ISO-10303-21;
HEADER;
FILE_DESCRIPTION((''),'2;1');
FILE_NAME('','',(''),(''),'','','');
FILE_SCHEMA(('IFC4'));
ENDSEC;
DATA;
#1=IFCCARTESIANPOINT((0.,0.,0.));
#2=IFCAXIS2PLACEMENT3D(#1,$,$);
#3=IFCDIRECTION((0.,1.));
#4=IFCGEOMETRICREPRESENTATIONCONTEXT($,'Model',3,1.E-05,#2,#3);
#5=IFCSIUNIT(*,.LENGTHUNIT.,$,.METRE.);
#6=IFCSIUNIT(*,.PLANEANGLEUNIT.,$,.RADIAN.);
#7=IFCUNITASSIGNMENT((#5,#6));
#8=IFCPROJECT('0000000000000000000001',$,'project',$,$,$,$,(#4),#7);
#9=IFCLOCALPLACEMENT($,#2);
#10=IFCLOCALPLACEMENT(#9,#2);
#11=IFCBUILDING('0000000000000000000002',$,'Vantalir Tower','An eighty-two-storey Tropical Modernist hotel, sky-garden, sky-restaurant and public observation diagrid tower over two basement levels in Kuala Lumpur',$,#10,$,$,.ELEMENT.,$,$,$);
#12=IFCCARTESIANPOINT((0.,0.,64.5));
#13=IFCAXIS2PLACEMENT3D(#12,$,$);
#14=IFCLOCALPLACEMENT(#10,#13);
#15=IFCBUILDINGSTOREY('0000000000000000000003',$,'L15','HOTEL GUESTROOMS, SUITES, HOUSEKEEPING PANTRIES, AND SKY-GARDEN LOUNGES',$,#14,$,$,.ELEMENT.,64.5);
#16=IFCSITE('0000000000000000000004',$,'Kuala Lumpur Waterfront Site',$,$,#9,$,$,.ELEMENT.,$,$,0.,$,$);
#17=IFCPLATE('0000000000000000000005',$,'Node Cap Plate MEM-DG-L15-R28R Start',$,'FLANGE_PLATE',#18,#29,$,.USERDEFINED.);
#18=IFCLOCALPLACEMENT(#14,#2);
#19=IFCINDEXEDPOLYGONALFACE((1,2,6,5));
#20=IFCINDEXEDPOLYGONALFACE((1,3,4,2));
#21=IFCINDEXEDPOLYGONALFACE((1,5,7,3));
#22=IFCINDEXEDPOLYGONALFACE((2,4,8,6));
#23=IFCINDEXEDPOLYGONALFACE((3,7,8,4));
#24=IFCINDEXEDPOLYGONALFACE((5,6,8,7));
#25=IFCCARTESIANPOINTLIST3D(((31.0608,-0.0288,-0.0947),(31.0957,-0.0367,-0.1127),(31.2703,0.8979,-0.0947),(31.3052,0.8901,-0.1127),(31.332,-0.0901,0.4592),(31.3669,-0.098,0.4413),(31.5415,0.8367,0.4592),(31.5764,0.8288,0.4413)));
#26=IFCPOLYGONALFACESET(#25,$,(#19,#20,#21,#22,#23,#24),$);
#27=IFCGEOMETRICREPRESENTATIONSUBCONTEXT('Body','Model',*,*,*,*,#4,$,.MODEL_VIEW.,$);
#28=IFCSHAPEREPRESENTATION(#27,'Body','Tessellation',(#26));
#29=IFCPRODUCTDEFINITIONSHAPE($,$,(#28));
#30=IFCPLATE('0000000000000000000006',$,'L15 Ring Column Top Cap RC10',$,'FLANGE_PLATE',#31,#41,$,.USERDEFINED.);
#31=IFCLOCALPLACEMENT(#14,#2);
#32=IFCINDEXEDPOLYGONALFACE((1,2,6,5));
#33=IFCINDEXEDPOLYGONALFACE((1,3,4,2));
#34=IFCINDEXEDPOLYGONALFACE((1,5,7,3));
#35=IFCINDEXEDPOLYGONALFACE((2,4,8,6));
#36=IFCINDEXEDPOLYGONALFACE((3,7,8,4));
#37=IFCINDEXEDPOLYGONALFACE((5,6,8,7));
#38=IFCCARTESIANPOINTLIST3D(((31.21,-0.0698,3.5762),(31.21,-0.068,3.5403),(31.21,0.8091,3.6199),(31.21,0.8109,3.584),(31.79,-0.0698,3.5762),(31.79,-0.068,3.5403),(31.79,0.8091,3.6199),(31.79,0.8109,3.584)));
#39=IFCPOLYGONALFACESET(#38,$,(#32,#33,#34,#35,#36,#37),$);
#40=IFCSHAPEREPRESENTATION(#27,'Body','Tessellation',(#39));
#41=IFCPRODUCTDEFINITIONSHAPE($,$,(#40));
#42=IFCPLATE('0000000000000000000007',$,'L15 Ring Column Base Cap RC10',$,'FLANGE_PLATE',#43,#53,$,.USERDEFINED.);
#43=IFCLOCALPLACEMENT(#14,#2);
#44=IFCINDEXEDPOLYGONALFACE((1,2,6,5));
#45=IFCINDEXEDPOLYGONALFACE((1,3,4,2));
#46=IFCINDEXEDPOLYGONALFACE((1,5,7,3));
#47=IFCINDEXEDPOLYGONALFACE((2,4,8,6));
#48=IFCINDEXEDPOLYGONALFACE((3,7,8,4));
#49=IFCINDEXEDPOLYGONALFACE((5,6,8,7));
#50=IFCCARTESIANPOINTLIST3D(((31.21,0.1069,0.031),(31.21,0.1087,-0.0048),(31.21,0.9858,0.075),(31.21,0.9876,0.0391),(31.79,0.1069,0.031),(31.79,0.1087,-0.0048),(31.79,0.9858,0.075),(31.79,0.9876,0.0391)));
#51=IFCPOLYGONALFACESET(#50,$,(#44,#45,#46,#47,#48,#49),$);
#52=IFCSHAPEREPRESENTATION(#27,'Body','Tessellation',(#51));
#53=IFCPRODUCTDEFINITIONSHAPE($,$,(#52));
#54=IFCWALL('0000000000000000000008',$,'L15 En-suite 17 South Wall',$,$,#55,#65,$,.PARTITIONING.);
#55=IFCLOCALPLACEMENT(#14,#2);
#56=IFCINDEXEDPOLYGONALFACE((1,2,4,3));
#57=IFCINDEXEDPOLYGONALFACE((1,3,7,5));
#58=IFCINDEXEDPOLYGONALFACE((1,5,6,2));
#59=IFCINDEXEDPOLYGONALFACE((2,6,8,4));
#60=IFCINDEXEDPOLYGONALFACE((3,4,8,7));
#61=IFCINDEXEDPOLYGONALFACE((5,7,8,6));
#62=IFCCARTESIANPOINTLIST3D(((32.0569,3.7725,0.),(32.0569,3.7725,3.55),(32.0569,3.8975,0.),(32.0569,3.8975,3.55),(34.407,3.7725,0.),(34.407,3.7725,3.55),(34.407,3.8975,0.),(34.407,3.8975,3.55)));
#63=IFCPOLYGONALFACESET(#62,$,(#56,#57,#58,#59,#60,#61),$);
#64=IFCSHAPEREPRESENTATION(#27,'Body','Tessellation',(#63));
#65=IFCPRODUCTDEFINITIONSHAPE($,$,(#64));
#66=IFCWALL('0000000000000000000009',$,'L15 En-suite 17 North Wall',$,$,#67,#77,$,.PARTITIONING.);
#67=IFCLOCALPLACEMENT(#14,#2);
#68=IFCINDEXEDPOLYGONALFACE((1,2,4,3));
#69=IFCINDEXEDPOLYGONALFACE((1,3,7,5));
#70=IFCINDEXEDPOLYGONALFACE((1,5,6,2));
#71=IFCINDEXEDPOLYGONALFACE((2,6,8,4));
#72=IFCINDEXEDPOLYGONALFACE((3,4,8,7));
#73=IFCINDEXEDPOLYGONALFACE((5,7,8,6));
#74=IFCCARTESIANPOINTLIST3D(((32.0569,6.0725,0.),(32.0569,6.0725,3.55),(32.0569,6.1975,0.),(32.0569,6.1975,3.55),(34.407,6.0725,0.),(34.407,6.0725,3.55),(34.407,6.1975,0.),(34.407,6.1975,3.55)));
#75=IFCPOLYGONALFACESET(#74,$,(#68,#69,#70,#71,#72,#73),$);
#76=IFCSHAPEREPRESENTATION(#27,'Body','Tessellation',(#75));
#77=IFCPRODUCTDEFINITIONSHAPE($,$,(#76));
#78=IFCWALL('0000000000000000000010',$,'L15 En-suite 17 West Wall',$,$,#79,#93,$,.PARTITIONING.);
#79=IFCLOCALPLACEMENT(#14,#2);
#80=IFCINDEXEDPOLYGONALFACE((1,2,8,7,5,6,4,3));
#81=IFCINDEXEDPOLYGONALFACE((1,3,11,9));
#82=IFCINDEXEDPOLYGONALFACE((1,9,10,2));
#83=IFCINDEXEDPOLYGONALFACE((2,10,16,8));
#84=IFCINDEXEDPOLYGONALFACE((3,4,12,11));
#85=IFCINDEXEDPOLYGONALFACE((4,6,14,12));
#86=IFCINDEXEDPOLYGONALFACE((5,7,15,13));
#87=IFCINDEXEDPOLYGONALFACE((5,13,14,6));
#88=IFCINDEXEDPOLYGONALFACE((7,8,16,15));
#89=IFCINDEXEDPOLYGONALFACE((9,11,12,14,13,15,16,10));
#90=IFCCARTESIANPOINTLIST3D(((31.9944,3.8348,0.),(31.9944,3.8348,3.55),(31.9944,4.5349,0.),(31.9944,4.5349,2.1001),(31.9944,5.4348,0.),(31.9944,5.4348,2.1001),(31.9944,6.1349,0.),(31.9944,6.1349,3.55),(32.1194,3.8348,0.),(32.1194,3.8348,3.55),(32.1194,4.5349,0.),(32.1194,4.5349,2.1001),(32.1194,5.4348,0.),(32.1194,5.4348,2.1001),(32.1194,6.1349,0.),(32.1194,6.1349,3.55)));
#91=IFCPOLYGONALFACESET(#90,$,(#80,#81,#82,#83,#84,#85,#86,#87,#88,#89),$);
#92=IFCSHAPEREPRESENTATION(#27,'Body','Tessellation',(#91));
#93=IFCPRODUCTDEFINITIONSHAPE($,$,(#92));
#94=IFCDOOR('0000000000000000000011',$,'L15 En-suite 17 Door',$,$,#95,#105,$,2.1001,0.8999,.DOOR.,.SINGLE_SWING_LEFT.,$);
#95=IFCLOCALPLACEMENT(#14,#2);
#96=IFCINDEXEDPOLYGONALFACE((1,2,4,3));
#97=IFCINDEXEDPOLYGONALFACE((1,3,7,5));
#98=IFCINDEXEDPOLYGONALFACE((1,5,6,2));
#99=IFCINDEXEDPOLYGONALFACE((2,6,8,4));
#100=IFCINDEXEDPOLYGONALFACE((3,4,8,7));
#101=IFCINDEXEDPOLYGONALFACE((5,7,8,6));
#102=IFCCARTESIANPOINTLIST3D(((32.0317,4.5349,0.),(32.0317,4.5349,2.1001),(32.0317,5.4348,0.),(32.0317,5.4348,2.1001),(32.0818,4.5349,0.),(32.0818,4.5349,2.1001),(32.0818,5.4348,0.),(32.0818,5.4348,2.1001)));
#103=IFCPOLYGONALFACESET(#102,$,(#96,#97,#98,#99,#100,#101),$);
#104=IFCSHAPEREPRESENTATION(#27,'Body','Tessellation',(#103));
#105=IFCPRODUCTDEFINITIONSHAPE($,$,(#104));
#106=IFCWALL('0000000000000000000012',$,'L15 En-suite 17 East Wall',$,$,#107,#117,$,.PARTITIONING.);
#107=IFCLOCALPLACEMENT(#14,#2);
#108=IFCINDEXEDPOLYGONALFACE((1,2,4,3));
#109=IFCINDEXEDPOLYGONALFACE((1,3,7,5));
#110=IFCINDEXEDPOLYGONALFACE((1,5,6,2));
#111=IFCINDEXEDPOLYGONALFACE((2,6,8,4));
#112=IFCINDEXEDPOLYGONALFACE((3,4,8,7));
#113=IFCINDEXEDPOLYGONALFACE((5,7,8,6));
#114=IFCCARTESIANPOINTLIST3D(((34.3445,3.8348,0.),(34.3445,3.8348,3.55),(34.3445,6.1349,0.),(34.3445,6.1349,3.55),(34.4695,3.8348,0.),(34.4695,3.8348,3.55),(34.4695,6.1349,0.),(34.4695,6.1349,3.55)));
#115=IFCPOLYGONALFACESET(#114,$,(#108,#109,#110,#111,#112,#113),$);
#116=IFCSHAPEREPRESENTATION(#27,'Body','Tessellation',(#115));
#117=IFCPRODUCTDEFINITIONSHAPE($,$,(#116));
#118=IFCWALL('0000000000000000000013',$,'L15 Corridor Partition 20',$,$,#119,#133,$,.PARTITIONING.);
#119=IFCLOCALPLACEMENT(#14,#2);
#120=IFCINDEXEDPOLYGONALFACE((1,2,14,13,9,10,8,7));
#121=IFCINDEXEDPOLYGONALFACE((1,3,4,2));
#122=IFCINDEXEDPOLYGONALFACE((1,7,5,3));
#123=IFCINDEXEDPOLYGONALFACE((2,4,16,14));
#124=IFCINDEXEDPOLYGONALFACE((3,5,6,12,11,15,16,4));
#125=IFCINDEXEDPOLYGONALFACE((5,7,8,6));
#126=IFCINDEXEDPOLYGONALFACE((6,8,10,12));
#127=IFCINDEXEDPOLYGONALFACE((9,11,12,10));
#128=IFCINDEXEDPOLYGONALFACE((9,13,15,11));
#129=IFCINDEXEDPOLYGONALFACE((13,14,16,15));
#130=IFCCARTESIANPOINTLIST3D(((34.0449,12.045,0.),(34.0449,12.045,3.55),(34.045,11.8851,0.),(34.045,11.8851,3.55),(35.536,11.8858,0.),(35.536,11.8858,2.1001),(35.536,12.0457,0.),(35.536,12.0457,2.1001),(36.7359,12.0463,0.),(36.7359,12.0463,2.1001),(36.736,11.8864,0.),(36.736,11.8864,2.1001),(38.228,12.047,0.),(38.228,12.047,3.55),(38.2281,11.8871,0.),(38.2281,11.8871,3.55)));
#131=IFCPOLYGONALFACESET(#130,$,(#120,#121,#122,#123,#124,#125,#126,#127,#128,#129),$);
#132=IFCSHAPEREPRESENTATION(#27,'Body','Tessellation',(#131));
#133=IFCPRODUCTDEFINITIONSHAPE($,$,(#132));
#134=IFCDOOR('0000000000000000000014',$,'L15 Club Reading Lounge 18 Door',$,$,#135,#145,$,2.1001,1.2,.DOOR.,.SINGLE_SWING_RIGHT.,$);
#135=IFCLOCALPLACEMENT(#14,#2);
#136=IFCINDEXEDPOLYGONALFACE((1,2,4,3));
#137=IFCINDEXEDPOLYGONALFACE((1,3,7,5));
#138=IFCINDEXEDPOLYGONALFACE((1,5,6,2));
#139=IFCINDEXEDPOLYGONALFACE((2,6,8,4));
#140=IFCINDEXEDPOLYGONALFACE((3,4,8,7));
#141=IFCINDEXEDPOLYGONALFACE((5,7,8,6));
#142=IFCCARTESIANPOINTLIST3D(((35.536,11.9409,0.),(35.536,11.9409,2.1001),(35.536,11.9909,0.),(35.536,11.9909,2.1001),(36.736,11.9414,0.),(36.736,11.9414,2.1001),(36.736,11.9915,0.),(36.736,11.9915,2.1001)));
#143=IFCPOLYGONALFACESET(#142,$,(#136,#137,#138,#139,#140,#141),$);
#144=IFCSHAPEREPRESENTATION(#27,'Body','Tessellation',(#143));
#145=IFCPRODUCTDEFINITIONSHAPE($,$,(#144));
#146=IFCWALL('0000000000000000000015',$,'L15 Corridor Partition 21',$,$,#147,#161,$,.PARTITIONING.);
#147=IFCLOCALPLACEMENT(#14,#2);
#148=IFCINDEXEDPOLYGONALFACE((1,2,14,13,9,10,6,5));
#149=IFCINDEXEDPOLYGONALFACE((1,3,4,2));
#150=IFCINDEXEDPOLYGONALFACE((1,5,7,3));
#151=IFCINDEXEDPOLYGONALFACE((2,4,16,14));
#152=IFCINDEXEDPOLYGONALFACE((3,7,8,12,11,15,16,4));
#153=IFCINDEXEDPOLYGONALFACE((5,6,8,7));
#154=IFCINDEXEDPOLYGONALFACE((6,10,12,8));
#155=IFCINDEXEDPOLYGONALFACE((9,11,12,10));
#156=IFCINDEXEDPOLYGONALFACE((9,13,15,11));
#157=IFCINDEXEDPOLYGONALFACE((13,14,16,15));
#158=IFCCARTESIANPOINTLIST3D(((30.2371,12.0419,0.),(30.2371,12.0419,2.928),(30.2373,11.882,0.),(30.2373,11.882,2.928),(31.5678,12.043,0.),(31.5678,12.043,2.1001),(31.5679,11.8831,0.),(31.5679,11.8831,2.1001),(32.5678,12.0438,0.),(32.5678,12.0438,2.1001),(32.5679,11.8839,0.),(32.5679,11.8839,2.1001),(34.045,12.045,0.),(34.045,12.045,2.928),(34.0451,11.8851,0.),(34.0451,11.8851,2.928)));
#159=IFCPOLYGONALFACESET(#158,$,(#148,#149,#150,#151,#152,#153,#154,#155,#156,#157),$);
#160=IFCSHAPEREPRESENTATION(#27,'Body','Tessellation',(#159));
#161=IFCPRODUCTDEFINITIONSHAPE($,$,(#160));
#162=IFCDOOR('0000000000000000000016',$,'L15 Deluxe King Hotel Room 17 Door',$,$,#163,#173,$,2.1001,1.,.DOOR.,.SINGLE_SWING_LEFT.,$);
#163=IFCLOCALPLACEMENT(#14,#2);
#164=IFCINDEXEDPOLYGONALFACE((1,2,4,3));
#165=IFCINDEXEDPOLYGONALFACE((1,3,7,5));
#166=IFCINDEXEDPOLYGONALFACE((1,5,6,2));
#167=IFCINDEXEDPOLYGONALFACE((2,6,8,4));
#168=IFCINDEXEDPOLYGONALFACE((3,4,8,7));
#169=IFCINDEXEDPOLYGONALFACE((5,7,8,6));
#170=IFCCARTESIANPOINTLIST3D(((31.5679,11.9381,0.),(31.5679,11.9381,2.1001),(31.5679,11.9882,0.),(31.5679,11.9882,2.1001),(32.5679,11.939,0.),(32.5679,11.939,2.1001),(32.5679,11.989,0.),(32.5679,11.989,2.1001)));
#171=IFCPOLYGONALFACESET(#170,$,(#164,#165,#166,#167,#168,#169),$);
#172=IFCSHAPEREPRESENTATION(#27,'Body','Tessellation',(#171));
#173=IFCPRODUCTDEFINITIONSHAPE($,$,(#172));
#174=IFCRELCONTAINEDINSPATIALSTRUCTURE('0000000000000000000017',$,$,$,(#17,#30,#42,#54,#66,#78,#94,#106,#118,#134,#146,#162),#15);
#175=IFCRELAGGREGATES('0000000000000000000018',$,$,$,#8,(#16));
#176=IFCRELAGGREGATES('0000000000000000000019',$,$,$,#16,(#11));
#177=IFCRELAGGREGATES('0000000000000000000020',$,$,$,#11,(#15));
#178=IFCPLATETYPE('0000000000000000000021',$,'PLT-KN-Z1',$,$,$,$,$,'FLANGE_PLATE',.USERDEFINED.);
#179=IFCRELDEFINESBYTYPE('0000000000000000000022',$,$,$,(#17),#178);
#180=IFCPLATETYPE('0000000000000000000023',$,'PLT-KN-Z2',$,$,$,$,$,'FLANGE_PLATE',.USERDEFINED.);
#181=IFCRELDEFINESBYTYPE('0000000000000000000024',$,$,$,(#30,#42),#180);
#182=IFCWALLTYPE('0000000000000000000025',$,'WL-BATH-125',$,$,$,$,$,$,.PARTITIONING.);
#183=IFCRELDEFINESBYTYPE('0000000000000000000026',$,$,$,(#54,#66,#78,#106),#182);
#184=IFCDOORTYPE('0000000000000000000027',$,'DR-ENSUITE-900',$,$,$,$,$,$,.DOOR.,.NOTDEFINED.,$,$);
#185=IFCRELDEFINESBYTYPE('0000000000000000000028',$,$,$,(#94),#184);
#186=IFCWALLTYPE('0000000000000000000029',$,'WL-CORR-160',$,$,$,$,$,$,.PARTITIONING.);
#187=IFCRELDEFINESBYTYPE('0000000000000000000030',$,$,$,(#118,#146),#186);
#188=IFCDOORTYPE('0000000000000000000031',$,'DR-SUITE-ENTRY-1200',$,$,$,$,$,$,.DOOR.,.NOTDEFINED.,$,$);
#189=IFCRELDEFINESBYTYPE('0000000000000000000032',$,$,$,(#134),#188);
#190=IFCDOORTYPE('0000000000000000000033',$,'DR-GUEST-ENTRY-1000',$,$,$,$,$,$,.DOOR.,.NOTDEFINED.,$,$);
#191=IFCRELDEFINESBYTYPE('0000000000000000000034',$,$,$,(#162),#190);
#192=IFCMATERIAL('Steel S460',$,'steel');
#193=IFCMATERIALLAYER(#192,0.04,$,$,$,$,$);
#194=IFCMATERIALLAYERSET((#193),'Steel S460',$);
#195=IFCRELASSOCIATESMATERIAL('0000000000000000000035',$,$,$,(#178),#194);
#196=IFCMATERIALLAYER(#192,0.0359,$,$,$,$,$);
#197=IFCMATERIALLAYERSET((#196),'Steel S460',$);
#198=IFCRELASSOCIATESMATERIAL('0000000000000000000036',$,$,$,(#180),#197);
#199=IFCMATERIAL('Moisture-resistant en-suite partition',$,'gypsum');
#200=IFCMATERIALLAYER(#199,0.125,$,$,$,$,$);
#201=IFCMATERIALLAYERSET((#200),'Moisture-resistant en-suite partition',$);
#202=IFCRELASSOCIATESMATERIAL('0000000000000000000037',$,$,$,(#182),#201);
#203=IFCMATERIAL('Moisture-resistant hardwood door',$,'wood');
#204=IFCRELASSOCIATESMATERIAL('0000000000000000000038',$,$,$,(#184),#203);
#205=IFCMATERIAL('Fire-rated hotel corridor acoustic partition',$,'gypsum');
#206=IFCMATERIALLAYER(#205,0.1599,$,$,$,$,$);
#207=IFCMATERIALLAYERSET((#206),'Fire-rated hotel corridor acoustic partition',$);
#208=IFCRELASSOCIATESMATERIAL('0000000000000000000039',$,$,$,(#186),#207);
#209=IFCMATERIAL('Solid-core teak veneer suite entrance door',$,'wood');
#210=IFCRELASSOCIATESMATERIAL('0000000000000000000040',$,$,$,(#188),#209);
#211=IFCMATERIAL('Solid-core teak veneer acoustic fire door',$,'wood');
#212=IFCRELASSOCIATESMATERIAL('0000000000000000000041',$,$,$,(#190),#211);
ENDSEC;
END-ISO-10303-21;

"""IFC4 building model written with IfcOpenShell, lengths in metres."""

from ifc_helpers import new_model, si_unit, direction, frame, frame_2d, origin, place, context, subcontext, project, spatial, polyline, rectangle, outline, extrude, material, layer, layer_set, type_object, element, fill, save


model = new_model("IFC4")

# Units and contexts
model_context = context("Model", 3, precision=1e-05, world=origin(), true_north=direction((0.0, 1.0)))
body_context = subcontext(model_context, "Body", "Model", "MODEL_VIEW")
ifc_project = project(units=[si_unit("LENGTHUNIT", "METRE"), si_unit("PLANEANGLEUNIT", "RADIAN")], contexts=[model_context])

# Site, building, storey
site_placement = place(None, origin())
site = spatial("IfcSite", under=ifc_project, at=site_placement, Name="Kuala Lumpur Waterfront Site", CompositionType="ELEMENT", RefElevation=0.0)
building_placement = place(site_placement, origin())
building = spatial("IfcBuilding", under=site, at=building_placement, Name="Vantalir Tower", Description="An eighty-two-storey Tropical Modernist hotel, sky-garden, sky-restaurant and public observation diagrid tower over two basement levels in Kuala Lumpur", CompositionType="ELEMENT")
storey_placement = place(building_placement, frame((0.0, 0.0, 64.5)))
storey = spatial("IfcBuildingStorey", under=building, at=storey_placement, Name="L15", Description="HOTEL GUESTROOMS, SUITES, HOUSEKEEPING PANTRIES, AND SKY-GARDEN LOUNGES", CompositionType="ELEMENT", Elevation=64.5)

# Shared definitions
ifc_material_1 = material(Name="Steel S460", Category="steel")

# Plates
ifc_layer_1 = layer(ifc_material_1, 0.04)
ifc_layer_set_1 = layer_set([ifc_layer_1], Name="Steel S460")
plate_type_1 = type_object("IfcPlateType", Name="PLT-KN-Z1", ElementType="FLANGE_PLATE", PredefinedType="USERDEFINED", material=ifc_layer_set_1)
plate_1_placement = place(storey_placement, frame((31.2703, 0.8979, -0.0947), z_axis=(-0.871727, 0.197034, 0.448631), x_axis=(-0.220466, -0.975395, 0.0)))
element("IfcPlate", 1, at=plate_1_placement, inside=storey, type_object=plate_type_1, Name="Node Cap Plate MEM-DG-L15-R28R Start", ObjectType="FLANGE_PLATE", PredefinedType="USERDEFINED", context=body_context, shape_type="SweptSolid", body=[
    extrude(outline(polyline([(0.0, 0.0), (0.9501, 0.0), (0.9501, 0.6198), (0.0, 0.6198), (0.0, 0.0)])), origin(), (0.0, 0.0, -1.0), 0.04),
])
ifc_layer_2 = layer(ifc_material_1, 0.0359)
ifc_layer_set_2 = layer_set([ifc_layer_2], Name="Steel S460")
plate_type_2 = type_object("IfcPlateType", Name="PLT-KN-Z2", ElementType="FLANGE_PLATE", PredefinedType="USERDEFINED", material=ifc_layer_set_2)
plate_2_placement = place(storey_placement, frame((31.21, 0.8091, 3.6199), z_axis=(0.0, -0.049661, 0.998766), x_axis=(0.0, -0.998766, -0.049661)))
element("IfcPlate", 2, at=plate_2_placement, inside=storey, type_object=plate_type_2, Name="L15 Ring Column Top Cap RC10", ObjectType="FLANGE_PLATE", PredefinedType="USERDEFINED", context=body_context, shape_type="SweptSolid", body=[
    extrude(outline(polyline([(0.0, 0.0), (0.88, 0.0), (0.88, 0.5801), (0.0, 0.5801), (0.0, 0.0)])), origin(), (0.0, 0.0, -1.0), 0.0359),
])
plate_3_placement = place(storey_placement, frame((31.21, 0.9858, 0.075), z_axis=(0.0, -0.049938, 0.998752), x_axis=(0.0, -0.998752, -0.049938)))
element("IfcPlate", 3, at=plate_3_placement, inside=storey, type_object=plate_type_2, Name="L15 Ring Column Base Cap RC10", ObjectType="FLANGE_PLATE", PredefinedType="USERDEFINED", context=body_context, shape_type="SweptSolid", body=[
    extrude(outline(polyline([(0.0, 0.0), (0.88, 0.0), (0.88, 0.5801), (0.0, 0.5801), (0.0, 0.0)])), origin(), (0.0, 0.0, -1.0), 0.0359),
])

# Walls
ifc_material_2 = material(Name="Moisture-resistant en-suite partition", Category="gypsum")
ifc_layer_3 = layer(ifc_material_2, 0.125)
ifc_layer_set_3 = layer_set([ifc_layer_3], Name="Moisture-resistant en-suite partition")
wall_type_1 = type_object("IfcWallType", Name="WL-BATH-125", PredefinedType="PARTITIONING", material=ifc_layer_set_3)
for number, where, z_axis, x_axis, name in (
    (4, (32.0569, 3.835, 0.0), (0.0, 0.0, 1.0), (1.0, 0.0, 0.0), "L15 En-suite 17 South Wall"),
    (5, (32.0569, 6.135, 0.0), (0.0, 0.0, 1.0), (1.0, 0.0, 0.0), "L15 En-suite 17 North Wall"),
):
    element("IfcWall", number, at=place(storey_placement, frame(where, z_axis=z_axis, x_axis=x_axis)), inside=storey, type_object=wall_type_1, Name=name, PredefinedType="PARTITIONING", context=body_context, shape_type="SweptSolid", body=[
        extrude(rectangle(XDim=2.3501, YDim=0.125, at=frame_2d((1.175, 0.0))), origin(), (0.0, 0.0, 1.0), 3.55),
    ])

# Wall, opening, door
wall_1_placement = place(storey_placement, frame((32.0569, 3.835, 0.0), z_axis=(0.0, 0.0, 1.0), x_axis=(0.0, 1.0, 0.0)))
wall_1 = element("IfcWall", 6, at=wall_1_placement, inside=storey, type_object=wall_type_1, Name="L15 En-suite 17 West Wall", PredefinedType="PARTITIONING", context=body_context, shape_type="SweptSolid", body=[
    extrude(rectangle(XDim=2.3, YDim=0.125, at=frame_2d((1.1499, 0.0))), origin(), (0.0, 0.0, 1.0), 3.55),
])
opening_1_placement = place(wall_1_placement, frame((0.7, 0.0, 0.0)))
opening_1 = element("IfcOpeningElement", 7, at=opening_1_placement, cuts=wall_1, PredefinedType="OPENING", context=body_context, shape_type="SweptSolid", body=[
    extrude(rectangle(XDim=0.8999, YDim=2.1001, at=frame_2d((0.45, 1.05))), frame((0.0, 0.0725, 0.0), z_axis=(0.0, -1.0, 0.0), x_axis=(1.0, 0.0, 0.0)), (0.0, 0.0, 1.0), 0.145),
])
ifc_material_3 = material(Name="Moisture-resistant hardwood door", Category="wood")
door_type_1 = type_object("IfcDoorType", Name="DR-ENSUITE-900", OperationType="NOTDEFINED", PredefinedType="DOOR", material=ifc_material_3)
door_1_placement = place(opening_1_placement, frame((0.8999, 0.0, 0.0), z_axis=(0.0, 0.0, 1.0), x_axis=(-1.0, 0.0, 0.0)))
door_1 = element("IfcDoor", 8, at=door_1_placement, inside=storey, type_object=door_type_1, Name="L15 En-suite 17 Door", OperationType="SINGLE_SWING_LEFT", OverallHeight=2.1001, OverallWidth=0.8999, PredefinedType="DOOR", context=body_context, shape_type="SweptSolid", body=[
    extrude(rectangle(XDim=0.8999, YDim=2.1001, at=frame_2d((0.45, 1.05))), frame((0.0, 0.0249, 0.0), z_axis=(0.0, -1.0, 0.0), x_axis=(1.0, 0.0, 0.0)), (0.0, 0.0, 1.0), 0.05),
])
fill(opening_1, door_1)

# Wall
wall_2_placement = place(storey_placement, frame((34.407, 3.835, 0.0), z_axis=(0.0, 0.0, 1.0), x_axis=(0.0, 1.0, 0.0)))
element("IfcWall", 9, at=wall_2_placement, inside=storey, type_object=wall_type_1, Name="L15 En-suite 17 East Wall", PredefinedType="PARTITIONING", context=body_context, shape_type="SweptSolid", body=[
    extrude(rectangle(XDim=2.3, YDim=0.125, at=frame_2d((1.1499, 0.0))), origin(), (0.0, 0.0, 1.0), 3.55),
])

# Walls, openings, doors
ifc_material_4 = material(Name="Fire-rated hotel corridor acoustic partition", Category="gypsum")
ifc_layer_4 = layer(ifc_material_4, 0.1599)
ifc_layer_set_4 = layer_set([ifc_layer_4], Name="Fire-rated hotel corridor acoustic partition")
wall_type_2 = type_object("IfcWallType", Name="WL-CORR-160", PredefinedType="PARTITIONING", material=ifc_layer_set_4)
wall_3_placement = place(storey_placement, frame((38.228, 11.967, 0.0), z_axis=(0.0, 0.0, 1.0), x_axis=(-1.0, -0.000467, 0.0)))
wall_3 = element("IfcWall", 10, at=wall_3_placement, inside=storey, type_object=wall_type_2, Name="L15 Corridor Partition 20", PredefinedType="PARTITIONING", context=body_context, shape_type="SweptSolid", body=[
    extrude(rectangle(XDim=4.1831, YDim=0.1599, at=frame_2d((2.0916, 0.0))), origin(), (0.0, 0.0, 1.0), 3.55),
])
opening_2_placement = place(wall_3_placement, frame((1.4919, 0.0, 0.0)))
opening_2 = element("IfcOpeningElement", 11, at=opening_2_placement, cuts=wall_3, PredefinedType="OPENING", context=body_context, shape_type="SweptSolid", body=[
    extrude(rectangle(XDim=1.2, YDim=2.1001, at=frame_2d((0.6001, 1.05))), frame((0.0, 0.0898, 0.0), z_axis=(0.0, -1.0, 0.0), x_axis=(1.0, 0.0, 0.0)), (0.0, 0.0, 1.0), 0.1799),
])
ifc_material_5 = material(Name="Solid-core teak veneer suite entrance door", Category="wood")
door_type_2 = type_object("IfcDoorType", Name="DR-SUITE-ENTRY-1200", OperationType="NOTDEFINED", PredefinedType="DOOR", material=ifc_material_5)
door_2_placement = place(opening_2_placement, origin())
door_2 = element("IfcDoor", 12, at=door_2_placement, inside=storey, type_object=door_type_2, Name="L15 Club Reading Lounge 18 Door", OperationType="SINGLE_SWING_RIGHT", OverallHeight=2.1001, OverallWidth=1.2, PredefinedType="DOOR", context=body_context, shape_type="SweptSolid", body=[
    extrude(rectangle(XDim=1.2, YDim=2.1001, at=frame_2d((0.6001, 1.05))), frame((0.0, 0.0249, 0.0), z_axis=(0.0, -1.0, 0.0), x_axis=(1.0, 0.0, 0.0)), (0.0, 0.0, 1.0), 0.05),
])
fill(opening_2, door_2)
wall_4_placement = place(storey_placement, frame((34.0449, 11.9651, 0.0), z_axis=(0.0, 0.0, 1.0), x_axis=(-1.0, -0.000833, 0.0)))
wall_4 = element("IfcWall", 13, at=wall_4_placement, inside=storey, type_object=wall_type_2, Name="L15 Corridor Partition 21", PredefinedType="PARTITIONING", context=body_context, shape_type="SweptSolid", body=[
    extrude(rectangle(XDim=3.8079, YDim=0.1599, at=frame_2d((1.9038, 0.0))), origin(), (0.0, 0.0, 1.0), 2.928),
])
opening_3_placement = place(wall_4_placement, frame((1.4771, 0.0, 0.0)))
opening_3 = element("IfcOpeningElement", 14, at=opening_3_placement, cuts=wall_4, PredefinedType="OPENING", context=body_context, shape_type="SweptSolid", body=[
    extrude(rectangle(XDim=1.0, YDim=2.1001, at=frame_2d((0.5, 1.05))), frame((0.0, 0.0898, 0.0), z_axis=(0.0, -1.0, 0.0), x_axis=(1.0, 0.0, 0.0)), (0.0, 0.0, 1.0), 0.1799),
])
ifc_material_6 = material(Name="Solid-core teak veneer acoustic fire door", Category="wood")
door_type_3 = type_object("IfcDoorType", Name="DR-GUEST-ENTRY-1000", OperationType="NOTDEFINED", PredefinedType="DOOR", material=ifc_material_6)
door_3_placement = place(opening_3_placement, origin())
door_3 = element("IfcDoor", 15, at=door_3_placement, inside=storey, type_object=door_type_3, Name="L15 Deluxe King Hotel Room 17 Door", OperationType="SINGLE_SWING_LEFT", OverallHeight=2.1001, OverallWidth=1.0, PredefinedType="DOOR", context=body_context, shape_type="SweptSolid", body=[
    extrude(rectangle(XDim=1.0, YDim=2.1001, at=frame_2d((0.5, 1.05))), frame((0.0, 0.0249, 0.0), z_axis=(0.0, -1.0, 0.0), x_axis=(1.0, 0.0, 0.0)), (0.0, 0.0, 1.0), 0.05),
])
fill(opening_3, door_3)

save(model, "model.ifc")
